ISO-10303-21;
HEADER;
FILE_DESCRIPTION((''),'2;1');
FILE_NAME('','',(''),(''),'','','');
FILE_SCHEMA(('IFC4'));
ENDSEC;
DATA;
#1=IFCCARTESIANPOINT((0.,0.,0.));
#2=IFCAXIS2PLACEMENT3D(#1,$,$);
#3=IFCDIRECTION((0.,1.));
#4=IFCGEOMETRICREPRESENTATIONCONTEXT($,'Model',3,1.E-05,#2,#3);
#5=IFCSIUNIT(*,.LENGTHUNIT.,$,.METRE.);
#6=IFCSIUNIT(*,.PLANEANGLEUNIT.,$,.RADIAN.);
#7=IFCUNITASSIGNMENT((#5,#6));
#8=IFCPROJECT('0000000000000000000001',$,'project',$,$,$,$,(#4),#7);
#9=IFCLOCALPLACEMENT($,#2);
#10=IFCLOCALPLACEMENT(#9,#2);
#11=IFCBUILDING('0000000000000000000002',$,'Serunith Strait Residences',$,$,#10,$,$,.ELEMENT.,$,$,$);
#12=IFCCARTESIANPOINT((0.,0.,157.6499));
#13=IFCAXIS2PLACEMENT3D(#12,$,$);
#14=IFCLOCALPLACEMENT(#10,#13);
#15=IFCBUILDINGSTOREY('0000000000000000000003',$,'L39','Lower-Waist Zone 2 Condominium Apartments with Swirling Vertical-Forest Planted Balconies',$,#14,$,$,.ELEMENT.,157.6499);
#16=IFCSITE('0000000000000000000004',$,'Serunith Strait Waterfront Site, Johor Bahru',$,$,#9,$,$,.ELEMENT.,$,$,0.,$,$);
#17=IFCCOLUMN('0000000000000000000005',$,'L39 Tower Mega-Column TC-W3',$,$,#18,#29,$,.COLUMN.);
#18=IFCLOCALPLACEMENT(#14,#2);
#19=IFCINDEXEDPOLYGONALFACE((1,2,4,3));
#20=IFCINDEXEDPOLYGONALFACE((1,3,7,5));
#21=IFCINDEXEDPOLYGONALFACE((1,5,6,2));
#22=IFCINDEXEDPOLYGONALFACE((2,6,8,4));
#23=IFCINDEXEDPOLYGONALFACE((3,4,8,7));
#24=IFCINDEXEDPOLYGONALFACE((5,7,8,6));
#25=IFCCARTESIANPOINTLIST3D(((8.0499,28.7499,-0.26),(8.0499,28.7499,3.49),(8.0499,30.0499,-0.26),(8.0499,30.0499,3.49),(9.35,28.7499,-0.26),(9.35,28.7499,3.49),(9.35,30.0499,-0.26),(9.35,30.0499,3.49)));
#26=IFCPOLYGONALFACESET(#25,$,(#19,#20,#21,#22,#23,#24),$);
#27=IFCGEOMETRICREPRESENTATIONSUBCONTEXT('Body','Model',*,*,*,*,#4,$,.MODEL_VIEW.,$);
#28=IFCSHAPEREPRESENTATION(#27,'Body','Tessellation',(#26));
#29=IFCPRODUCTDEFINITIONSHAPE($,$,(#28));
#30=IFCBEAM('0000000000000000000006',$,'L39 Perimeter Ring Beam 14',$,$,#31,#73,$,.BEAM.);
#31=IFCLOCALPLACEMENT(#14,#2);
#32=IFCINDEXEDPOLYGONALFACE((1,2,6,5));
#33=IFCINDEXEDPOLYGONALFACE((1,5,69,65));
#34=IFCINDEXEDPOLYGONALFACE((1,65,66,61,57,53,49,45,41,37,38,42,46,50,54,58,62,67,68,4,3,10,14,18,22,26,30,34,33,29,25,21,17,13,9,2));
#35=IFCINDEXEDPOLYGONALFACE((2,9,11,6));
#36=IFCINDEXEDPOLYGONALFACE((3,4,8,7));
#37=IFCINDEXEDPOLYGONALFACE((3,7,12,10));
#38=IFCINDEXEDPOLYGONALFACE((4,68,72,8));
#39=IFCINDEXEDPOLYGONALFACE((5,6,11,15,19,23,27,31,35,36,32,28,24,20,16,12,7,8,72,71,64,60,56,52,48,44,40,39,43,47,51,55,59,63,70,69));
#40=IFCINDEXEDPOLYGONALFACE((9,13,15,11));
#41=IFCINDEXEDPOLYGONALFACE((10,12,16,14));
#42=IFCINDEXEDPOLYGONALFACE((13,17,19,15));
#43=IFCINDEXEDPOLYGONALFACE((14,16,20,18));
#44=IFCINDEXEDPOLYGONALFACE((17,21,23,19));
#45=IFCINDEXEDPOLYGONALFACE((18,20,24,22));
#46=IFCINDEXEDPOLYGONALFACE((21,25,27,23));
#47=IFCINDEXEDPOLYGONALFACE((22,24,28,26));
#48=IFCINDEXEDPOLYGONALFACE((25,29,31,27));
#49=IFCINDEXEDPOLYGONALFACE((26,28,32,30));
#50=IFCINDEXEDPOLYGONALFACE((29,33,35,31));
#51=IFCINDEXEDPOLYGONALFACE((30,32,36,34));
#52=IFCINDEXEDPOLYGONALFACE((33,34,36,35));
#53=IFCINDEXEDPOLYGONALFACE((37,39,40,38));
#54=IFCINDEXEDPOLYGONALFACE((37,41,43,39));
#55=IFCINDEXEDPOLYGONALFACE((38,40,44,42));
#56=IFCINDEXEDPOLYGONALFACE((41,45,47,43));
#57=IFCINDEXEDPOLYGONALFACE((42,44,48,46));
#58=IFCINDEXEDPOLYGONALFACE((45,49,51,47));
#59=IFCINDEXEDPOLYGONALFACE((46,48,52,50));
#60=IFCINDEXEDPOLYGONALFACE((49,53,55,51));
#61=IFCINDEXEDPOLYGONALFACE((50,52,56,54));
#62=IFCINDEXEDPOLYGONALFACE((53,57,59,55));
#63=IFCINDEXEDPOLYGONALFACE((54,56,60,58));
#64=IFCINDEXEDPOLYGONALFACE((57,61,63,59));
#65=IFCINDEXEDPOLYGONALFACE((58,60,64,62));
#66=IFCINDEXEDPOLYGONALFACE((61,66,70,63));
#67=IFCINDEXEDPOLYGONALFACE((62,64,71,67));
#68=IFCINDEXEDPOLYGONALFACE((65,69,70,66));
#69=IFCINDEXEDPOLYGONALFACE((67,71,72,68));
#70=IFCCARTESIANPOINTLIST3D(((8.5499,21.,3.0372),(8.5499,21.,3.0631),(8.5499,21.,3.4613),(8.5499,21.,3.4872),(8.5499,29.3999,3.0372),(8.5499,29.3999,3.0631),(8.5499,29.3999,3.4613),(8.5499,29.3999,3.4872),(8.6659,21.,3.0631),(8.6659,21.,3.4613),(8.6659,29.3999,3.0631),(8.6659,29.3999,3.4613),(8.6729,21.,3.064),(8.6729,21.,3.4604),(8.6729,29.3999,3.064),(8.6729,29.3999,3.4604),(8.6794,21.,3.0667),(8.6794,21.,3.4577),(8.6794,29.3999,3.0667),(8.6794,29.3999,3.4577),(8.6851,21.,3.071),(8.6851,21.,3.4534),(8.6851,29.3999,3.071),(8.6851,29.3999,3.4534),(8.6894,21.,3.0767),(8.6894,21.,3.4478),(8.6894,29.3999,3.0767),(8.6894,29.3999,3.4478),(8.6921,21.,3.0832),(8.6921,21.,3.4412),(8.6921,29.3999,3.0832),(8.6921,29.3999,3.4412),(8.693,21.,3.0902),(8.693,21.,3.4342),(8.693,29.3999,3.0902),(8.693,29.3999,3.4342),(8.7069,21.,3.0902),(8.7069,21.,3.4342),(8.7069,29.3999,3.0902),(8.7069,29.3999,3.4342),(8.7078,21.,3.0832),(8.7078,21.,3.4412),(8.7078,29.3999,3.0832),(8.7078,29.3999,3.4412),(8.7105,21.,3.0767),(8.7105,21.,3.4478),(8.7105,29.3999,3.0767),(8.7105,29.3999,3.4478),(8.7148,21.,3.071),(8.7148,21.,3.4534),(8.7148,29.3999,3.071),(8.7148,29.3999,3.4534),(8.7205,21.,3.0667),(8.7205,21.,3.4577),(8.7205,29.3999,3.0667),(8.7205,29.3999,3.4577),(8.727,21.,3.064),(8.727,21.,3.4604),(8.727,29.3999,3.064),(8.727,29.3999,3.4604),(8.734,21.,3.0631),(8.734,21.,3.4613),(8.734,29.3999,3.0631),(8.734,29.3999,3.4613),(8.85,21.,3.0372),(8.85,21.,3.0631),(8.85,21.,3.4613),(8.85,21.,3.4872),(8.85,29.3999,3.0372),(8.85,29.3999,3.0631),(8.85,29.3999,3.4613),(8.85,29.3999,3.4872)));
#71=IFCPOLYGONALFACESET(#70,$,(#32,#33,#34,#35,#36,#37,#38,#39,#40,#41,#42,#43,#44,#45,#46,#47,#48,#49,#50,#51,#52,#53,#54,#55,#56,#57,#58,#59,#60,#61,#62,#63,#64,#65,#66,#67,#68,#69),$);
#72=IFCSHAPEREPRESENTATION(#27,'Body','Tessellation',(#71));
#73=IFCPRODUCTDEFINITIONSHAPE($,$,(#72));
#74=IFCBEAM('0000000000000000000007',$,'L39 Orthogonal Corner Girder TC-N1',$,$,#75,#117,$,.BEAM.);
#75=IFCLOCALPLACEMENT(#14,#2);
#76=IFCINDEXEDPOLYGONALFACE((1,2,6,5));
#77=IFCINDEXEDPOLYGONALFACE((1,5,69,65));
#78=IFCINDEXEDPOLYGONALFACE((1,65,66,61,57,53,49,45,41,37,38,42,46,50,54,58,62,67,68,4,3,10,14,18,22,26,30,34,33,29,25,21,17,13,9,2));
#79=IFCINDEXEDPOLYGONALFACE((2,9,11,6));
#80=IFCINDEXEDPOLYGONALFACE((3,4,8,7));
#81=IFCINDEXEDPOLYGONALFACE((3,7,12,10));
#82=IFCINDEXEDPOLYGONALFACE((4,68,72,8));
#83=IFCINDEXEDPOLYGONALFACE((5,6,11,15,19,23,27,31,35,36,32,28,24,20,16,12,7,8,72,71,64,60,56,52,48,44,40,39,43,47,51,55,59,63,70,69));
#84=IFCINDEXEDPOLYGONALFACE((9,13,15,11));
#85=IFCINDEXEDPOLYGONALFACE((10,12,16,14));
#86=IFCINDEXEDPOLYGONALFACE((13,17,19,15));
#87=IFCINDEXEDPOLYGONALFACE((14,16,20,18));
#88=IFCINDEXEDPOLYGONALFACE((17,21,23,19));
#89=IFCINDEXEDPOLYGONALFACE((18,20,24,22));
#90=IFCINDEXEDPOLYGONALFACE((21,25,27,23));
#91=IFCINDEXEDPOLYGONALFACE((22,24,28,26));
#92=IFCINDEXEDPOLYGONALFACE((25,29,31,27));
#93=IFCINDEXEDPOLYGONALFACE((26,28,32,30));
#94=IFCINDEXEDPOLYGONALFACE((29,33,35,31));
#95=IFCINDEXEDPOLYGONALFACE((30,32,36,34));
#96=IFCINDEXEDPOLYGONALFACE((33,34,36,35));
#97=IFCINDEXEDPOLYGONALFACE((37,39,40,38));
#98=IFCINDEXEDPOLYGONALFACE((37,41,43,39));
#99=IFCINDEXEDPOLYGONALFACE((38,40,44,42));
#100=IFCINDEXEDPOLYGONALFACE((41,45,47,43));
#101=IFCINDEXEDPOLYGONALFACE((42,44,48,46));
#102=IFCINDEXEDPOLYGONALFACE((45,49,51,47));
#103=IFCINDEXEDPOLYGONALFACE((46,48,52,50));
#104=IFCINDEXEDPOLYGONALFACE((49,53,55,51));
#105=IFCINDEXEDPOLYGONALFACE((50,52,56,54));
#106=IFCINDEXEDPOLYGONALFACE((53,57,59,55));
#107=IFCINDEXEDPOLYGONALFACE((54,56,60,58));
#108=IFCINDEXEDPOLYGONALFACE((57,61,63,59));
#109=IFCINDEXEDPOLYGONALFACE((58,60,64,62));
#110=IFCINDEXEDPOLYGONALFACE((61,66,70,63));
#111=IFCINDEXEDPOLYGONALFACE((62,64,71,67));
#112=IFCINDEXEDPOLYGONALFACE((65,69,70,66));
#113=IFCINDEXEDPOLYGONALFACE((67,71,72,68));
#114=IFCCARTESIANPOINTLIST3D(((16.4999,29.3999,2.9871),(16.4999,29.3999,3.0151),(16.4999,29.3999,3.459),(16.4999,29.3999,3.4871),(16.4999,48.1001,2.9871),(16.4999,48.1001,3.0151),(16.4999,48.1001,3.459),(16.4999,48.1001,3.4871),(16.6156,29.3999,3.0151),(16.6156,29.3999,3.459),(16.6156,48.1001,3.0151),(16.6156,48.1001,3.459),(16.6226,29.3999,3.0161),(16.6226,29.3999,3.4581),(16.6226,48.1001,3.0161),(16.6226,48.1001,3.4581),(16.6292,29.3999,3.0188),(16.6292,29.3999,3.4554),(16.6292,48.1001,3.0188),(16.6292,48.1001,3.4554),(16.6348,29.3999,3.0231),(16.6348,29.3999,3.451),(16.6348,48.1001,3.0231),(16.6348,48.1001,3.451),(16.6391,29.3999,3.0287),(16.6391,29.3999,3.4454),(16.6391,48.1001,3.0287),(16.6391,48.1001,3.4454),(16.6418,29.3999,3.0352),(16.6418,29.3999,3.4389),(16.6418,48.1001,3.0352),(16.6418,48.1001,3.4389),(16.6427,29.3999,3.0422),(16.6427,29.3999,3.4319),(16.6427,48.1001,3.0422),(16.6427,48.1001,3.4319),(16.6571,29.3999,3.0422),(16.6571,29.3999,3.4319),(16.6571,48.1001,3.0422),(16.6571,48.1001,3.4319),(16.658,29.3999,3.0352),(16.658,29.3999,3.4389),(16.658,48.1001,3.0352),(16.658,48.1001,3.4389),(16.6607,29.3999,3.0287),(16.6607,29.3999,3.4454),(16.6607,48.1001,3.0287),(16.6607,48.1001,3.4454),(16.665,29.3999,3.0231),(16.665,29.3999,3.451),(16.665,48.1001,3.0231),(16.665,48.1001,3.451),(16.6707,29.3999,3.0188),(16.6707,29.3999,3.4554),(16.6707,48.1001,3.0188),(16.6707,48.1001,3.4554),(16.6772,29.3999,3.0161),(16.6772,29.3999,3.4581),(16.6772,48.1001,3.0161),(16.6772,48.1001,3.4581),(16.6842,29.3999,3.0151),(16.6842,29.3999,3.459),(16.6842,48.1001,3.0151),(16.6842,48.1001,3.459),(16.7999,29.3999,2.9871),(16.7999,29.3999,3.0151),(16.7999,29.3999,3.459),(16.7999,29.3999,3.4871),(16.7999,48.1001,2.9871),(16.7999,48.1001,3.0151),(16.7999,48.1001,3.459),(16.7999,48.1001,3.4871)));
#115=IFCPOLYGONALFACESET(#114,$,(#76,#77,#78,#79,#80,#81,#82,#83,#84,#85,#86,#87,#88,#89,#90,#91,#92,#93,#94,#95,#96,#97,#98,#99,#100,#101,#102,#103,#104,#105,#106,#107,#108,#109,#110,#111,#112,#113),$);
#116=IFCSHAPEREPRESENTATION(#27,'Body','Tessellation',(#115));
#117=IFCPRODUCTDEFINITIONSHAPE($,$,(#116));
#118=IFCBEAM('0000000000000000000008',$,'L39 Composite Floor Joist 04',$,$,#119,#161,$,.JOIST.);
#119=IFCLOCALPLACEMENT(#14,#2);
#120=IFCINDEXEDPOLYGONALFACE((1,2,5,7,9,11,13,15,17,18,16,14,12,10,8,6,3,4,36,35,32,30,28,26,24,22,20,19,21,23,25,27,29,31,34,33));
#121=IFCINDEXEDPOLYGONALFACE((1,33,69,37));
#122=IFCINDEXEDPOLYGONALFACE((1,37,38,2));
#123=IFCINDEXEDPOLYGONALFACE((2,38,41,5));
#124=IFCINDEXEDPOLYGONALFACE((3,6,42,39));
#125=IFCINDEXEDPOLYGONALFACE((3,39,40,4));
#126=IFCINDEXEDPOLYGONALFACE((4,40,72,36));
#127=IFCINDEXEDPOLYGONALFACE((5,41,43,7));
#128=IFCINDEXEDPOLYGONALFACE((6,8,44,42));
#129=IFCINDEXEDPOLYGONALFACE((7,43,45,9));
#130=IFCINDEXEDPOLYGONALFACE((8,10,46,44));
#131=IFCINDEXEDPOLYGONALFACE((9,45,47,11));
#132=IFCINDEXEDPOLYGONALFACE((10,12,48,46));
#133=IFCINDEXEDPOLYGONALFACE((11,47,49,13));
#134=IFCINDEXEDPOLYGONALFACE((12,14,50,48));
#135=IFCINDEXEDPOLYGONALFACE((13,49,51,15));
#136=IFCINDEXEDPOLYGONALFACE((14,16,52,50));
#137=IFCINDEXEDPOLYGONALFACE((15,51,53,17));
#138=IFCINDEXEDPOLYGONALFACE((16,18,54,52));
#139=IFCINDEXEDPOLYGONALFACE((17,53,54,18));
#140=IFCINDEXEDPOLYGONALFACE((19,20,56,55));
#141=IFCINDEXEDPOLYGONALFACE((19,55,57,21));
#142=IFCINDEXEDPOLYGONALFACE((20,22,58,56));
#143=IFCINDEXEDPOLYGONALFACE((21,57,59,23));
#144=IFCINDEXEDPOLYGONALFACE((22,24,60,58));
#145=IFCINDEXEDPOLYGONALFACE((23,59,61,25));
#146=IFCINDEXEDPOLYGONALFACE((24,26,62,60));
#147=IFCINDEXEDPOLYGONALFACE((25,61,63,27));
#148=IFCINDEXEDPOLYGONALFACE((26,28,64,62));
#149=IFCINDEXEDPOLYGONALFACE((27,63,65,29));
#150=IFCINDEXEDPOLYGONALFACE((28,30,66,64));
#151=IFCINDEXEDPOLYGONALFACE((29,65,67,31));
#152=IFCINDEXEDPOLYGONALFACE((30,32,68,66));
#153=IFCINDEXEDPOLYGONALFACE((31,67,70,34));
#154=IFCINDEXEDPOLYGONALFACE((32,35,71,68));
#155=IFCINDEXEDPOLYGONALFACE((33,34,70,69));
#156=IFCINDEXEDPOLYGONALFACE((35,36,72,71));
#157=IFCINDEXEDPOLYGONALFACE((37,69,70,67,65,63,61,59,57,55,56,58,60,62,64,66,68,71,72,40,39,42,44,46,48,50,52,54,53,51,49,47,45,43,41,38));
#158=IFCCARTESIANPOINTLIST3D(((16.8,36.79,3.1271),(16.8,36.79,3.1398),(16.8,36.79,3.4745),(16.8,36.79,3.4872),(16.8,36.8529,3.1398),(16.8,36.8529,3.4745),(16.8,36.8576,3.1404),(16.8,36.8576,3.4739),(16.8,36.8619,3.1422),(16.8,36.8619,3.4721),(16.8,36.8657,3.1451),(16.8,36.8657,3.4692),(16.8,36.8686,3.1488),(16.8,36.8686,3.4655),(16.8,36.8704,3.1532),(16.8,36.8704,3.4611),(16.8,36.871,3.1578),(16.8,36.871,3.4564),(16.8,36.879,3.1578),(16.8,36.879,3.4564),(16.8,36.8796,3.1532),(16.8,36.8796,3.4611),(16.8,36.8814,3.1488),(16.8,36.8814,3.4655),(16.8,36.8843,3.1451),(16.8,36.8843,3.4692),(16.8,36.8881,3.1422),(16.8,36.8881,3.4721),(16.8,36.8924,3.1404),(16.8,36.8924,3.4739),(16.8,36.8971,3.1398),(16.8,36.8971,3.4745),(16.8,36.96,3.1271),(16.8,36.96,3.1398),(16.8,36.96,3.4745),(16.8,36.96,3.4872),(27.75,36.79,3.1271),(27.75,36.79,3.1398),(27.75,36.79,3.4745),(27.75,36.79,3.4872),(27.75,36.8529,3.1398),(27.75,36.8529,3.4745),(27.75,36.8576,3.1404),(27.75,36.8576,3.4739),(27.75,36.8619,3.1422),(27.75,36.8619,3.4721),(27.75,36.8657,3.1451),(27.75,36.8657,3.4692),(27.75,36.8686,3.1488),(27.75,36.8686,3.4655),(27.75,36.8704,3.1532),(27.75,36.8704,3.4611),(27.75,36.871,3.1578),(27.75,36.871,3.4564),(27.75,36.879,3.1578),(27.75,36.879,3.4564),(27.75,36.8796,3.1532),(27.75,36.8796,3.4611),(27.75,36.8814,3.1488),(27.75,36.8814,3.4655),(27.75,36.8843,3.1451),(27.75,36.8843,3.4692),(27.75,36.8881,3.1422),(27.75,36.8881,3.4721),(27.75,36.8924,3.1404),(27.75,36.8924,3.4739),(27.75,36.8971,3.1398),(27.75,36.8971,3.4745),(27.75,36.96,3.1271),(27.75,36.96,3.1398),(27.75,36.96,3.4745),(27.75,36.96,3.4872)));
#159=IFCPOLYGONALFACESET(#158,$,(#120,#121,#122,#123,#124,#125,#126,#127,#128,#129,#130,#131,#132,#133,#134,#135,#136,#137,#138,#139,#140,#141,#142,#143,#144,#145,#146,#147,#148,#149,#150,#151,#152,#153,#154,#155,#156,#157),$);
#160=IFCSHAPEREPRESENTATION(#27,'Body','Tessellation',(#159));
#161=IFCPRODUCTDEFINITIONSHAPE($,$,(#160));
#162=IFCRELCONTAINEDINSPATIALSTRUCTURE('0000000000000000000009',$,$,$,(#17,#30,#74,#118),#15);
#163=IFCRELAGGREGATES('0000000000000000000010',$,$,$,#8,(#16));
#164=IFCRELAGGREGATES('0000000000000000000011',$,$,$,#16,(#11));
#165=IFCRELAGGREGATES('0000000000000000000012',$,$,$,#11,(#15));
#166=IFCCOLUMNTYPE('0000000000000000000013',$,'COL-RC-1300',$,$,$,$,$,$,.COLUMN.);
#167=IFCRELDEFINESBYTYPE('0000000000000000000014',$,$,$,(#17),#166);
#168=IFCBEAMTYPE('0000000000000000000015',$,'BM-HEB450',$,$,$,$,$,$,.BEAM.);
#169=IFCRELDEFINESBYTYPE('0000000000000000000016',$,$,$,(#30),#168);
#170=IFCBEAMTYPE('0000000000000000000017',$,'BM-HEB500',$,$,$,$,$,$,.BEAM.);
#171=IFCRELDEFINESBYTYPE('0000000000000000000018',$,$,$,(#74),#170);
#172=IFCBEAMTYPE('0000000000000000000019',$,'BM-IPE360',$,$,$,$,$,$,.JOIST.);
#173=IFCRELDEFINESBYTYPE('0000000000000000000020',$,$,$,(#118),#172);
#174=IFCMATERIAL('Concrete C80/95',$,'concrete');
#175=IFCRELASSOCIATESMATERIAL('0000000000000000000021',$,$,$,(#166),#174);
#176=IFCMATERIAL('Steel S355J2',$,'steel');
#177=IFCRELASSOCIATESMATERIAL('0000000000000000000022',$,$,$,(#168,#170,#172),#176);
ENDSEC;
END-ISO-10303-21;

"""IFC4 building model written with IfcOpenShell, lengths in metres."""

from ifc_helpers import new_model, si_unit, direction, frame, origin, origin_2d, place, context, subcontext, project, spatial, rectangle, i_section, extrude, source, transform, mapped, material, material_profile, profile_set, type_object, element, save


model = new_model("IFC4")

# Units and contexts
model_context = context("Model", 3, precision=1e-05, world=origin(), true_north=direction((0.0, 1.0)))
body_context = subcontext(model_context, "Body", "Model", "MODEL_VIEW")
ifc_project = project(units=[si_unit("LENGTHUNIT", "METRE"), si_unit("PLANEANGLEUNIT", "RADIAN")], contexts=[model_context])

# Site, building, storey
site_placement = place(None, origin())
site = spatial("IfcSite", under=ifc_project, at=site_placement, Name="Serunith Strait Waterfront Site, Johor Bahru", CompositionType="ELEMENT", RefElevation=0.0)
building_placement = place(site_placement, origin())
building = spatial("IfcBuilding", under=site, at=building_placement, Name="Serunith Strait Residences", CompositionType="ELEMENT")
storey_placement = place(building_placement, frame((0.0, 0.0, 157.6499)))
storey = spatial("IfcBuildingStorey", under=building, at=storey_placement, Name="L39", Description="Lower-Waist Zone 2 Condominium Apartments with Swirling Vertical-Forest Planted Balconies", CompositionType="ELEMENT", Elevation=157.6499)

# Column
ifc_material_1 = material(Name="Concrete C80/95", Category="concrete")
ifc_material_profile_1 = material_profile(ifc_material_1, rectangle(XDim=1.3, YDim=1.3, at=origin_2d()), Name="RC 1300x1300")
ifc_profile_set_1 = profile_set([ifc_material_profile_1], Name="Concrete C80/95")
column_type = type_object("IfcColumnType", Name="COL-RC-1300", PredefinedType="COLUMN", material=ifc_profile_set_1)
shared_shape_1 = source(origin(), body_context, "Body", "SweptSolid", [
    extrude(rectangle(XDim=1.3, YDim=1.3, at=origin_2d()), origin(), (0.0, 0.0, 1.0), 3.75),
])
column_placement = place(storey_placement, frame((8.7, 29.3999, -0.26), z_axis=(0.0, 0.0, 1.0), x_axis=(1.0, 0.0, 0.0)))
element("IfcColumn", 1, at=column_placement, inside=storey, type_object=column_type, Name="L39 Tower Mega-Column TC-W3", PredefinedType="COLUMN", context=body_context, shape_type="MappedRepresentation", body=[
    mapped(shared_shape_1, transform((0.0, 0.0, 0.0), scale=1.0)),
])

# Beams
ifc_material_2 = material(Name="Steel S355J2", Category="steel")
ifc_material_profile_2 = material_profile(ifc_material_2, i_section(OverallWidth=0.3, OverallDepth=0.45, WebThickness=0.0139, FlangeThickness=0.0259, FilletRadius=0.0271, at=origin_2d()), Name="HEB 450")
ifc_profile_set_2 = profile_set([ifc_material_profile_2], Name="Steel S355J2")
beam_type_1 = type_object("IfcBeamType", Name="BM-HEB450", PredefinedType="BEAM", material=ifc_profile_set_2)
shared_shape_2 = source(origin(), body_context, "Body", "SweptSolid", [
    extrude(i_section(OverallWidth=0.3, OverallDepth=0.45, WebThickness=0.0139, FlangeThickness=0.0259, FilletRadius=0.0271, at=origin_2d()), origin(), (0.0, 0.0, 1.0), 8.3999),
])
beam_1_placement = place(storey_placement, frame((8.7, 29.3999, 3.2622), z_axis=(0.0, -1.0, 0.0), x_axis=(1.0, 0.0, 0.0)))
element("IfcBeam", 2, at=beam_1_placement, inside=storey, type_object=beam_type_1, Name="L39 Perimeter Ring Beam 14", PredefinedType="BEAM", context=body_context, shape_type="MappedRepresentation", body=[
    mapped(shared_shape_2, transform((0.0, 0.0, 0.0), scale=1.0)),
])
ifc_material_profile_3 = material_profile(ifc_material_2, i_section(OverallWidth=0.3, OverallDepth=0.5, WebThickness=0.0144, FlangeThickness=0.0281, FilletRadius=0.0271, at=origin_2d()), Name="HEB 500")
ifc_profile_set_3 = profile_set([ifc_material_profile_3], Name="Steel S355J2")
beam_type_2 = type_object("IfcBeamType", Name="BM-HEB500", PredefinedType="BEAM", material=ifc_profile_set_3)
shared_shape_3 = source(origin(), body_context, "Body", "SweptSolid", [
    extrude(i_section(OverallWidth=0.3, OverallDepth=0.5, WebThickness=0.0144, FlangeThickness=0.0281, FilletRadius=0.0271, at=origin_2d()), origin(), (0.0, 0.0, 1.0), 18.7002),
])
beam_2_placement = place(storey_placement, frame((16.6499, 29.3999, 3.2371), z_axis=(0.0, 1.0, 0.0), x_axis=(-1.0, 0.0, 0.0)))
element("IfcBeam", 3, at=beam_2_placement, inside=storey, type_object=beam_type_2, Name="L39 Orthogonal Corner Girder TC-N1", PredefinedType="BEAM", context=body_context, shape_type="MappedRepresentation", body=[
    mapped(shared_shape_3, transform((0.0, 0.0, 0.0), scale=1.0)),
])
ifc_material_profile_4 = material_profile(ifc_material_2, i_section(OverallWidth=0.1699, OverallDepth=0.3601, WebThickness=0.0081, FlangeThickness=0.0127, FilletRadius=0.0181, at=origin_2d()), Name="IPE 360")
ifc_profile_set_4 = profile_set([ifc_material_profile_4], Name="Steel S355J2")
beam_type_3 = type_object("IfcBeamType", Name="BM-IPE360", PredefinedType="JOIST", material=ifc_profile_set_4)
shared_shape_4 = source(origin(), body_context, "Body", "SweptSolid", [
    extrude(i_section(OverallWidth=0.1699, OverallDepth=0.3601, WebThickness=0.0081, FlangeThickness=0.0127, FilletRadius=0.0181, at=origin_2d()), origin(), (0.0, 0.0, 1.0), 10.95),
])
beam_3_placement = place(storey_placement, frame((16.8, 36.875, 3.3071), z_axis=(1.0, 0.0, 0.0), x_axis=(0.0, 1.0, 0.0)))
element("IfcBeam", 4, at=beam_3_placement, inside=storey, type_object=beam_type_3, Name="L39 Composite Floor Joist 04", PredefinedType="JOIST", context=body_context, shape_type="MappedRepresentation", body=[
    mapped(shared_shape_4, transform((0.0, 0.0, 0.0), scale=1.0)),
])

save(model, "model.ifc")
